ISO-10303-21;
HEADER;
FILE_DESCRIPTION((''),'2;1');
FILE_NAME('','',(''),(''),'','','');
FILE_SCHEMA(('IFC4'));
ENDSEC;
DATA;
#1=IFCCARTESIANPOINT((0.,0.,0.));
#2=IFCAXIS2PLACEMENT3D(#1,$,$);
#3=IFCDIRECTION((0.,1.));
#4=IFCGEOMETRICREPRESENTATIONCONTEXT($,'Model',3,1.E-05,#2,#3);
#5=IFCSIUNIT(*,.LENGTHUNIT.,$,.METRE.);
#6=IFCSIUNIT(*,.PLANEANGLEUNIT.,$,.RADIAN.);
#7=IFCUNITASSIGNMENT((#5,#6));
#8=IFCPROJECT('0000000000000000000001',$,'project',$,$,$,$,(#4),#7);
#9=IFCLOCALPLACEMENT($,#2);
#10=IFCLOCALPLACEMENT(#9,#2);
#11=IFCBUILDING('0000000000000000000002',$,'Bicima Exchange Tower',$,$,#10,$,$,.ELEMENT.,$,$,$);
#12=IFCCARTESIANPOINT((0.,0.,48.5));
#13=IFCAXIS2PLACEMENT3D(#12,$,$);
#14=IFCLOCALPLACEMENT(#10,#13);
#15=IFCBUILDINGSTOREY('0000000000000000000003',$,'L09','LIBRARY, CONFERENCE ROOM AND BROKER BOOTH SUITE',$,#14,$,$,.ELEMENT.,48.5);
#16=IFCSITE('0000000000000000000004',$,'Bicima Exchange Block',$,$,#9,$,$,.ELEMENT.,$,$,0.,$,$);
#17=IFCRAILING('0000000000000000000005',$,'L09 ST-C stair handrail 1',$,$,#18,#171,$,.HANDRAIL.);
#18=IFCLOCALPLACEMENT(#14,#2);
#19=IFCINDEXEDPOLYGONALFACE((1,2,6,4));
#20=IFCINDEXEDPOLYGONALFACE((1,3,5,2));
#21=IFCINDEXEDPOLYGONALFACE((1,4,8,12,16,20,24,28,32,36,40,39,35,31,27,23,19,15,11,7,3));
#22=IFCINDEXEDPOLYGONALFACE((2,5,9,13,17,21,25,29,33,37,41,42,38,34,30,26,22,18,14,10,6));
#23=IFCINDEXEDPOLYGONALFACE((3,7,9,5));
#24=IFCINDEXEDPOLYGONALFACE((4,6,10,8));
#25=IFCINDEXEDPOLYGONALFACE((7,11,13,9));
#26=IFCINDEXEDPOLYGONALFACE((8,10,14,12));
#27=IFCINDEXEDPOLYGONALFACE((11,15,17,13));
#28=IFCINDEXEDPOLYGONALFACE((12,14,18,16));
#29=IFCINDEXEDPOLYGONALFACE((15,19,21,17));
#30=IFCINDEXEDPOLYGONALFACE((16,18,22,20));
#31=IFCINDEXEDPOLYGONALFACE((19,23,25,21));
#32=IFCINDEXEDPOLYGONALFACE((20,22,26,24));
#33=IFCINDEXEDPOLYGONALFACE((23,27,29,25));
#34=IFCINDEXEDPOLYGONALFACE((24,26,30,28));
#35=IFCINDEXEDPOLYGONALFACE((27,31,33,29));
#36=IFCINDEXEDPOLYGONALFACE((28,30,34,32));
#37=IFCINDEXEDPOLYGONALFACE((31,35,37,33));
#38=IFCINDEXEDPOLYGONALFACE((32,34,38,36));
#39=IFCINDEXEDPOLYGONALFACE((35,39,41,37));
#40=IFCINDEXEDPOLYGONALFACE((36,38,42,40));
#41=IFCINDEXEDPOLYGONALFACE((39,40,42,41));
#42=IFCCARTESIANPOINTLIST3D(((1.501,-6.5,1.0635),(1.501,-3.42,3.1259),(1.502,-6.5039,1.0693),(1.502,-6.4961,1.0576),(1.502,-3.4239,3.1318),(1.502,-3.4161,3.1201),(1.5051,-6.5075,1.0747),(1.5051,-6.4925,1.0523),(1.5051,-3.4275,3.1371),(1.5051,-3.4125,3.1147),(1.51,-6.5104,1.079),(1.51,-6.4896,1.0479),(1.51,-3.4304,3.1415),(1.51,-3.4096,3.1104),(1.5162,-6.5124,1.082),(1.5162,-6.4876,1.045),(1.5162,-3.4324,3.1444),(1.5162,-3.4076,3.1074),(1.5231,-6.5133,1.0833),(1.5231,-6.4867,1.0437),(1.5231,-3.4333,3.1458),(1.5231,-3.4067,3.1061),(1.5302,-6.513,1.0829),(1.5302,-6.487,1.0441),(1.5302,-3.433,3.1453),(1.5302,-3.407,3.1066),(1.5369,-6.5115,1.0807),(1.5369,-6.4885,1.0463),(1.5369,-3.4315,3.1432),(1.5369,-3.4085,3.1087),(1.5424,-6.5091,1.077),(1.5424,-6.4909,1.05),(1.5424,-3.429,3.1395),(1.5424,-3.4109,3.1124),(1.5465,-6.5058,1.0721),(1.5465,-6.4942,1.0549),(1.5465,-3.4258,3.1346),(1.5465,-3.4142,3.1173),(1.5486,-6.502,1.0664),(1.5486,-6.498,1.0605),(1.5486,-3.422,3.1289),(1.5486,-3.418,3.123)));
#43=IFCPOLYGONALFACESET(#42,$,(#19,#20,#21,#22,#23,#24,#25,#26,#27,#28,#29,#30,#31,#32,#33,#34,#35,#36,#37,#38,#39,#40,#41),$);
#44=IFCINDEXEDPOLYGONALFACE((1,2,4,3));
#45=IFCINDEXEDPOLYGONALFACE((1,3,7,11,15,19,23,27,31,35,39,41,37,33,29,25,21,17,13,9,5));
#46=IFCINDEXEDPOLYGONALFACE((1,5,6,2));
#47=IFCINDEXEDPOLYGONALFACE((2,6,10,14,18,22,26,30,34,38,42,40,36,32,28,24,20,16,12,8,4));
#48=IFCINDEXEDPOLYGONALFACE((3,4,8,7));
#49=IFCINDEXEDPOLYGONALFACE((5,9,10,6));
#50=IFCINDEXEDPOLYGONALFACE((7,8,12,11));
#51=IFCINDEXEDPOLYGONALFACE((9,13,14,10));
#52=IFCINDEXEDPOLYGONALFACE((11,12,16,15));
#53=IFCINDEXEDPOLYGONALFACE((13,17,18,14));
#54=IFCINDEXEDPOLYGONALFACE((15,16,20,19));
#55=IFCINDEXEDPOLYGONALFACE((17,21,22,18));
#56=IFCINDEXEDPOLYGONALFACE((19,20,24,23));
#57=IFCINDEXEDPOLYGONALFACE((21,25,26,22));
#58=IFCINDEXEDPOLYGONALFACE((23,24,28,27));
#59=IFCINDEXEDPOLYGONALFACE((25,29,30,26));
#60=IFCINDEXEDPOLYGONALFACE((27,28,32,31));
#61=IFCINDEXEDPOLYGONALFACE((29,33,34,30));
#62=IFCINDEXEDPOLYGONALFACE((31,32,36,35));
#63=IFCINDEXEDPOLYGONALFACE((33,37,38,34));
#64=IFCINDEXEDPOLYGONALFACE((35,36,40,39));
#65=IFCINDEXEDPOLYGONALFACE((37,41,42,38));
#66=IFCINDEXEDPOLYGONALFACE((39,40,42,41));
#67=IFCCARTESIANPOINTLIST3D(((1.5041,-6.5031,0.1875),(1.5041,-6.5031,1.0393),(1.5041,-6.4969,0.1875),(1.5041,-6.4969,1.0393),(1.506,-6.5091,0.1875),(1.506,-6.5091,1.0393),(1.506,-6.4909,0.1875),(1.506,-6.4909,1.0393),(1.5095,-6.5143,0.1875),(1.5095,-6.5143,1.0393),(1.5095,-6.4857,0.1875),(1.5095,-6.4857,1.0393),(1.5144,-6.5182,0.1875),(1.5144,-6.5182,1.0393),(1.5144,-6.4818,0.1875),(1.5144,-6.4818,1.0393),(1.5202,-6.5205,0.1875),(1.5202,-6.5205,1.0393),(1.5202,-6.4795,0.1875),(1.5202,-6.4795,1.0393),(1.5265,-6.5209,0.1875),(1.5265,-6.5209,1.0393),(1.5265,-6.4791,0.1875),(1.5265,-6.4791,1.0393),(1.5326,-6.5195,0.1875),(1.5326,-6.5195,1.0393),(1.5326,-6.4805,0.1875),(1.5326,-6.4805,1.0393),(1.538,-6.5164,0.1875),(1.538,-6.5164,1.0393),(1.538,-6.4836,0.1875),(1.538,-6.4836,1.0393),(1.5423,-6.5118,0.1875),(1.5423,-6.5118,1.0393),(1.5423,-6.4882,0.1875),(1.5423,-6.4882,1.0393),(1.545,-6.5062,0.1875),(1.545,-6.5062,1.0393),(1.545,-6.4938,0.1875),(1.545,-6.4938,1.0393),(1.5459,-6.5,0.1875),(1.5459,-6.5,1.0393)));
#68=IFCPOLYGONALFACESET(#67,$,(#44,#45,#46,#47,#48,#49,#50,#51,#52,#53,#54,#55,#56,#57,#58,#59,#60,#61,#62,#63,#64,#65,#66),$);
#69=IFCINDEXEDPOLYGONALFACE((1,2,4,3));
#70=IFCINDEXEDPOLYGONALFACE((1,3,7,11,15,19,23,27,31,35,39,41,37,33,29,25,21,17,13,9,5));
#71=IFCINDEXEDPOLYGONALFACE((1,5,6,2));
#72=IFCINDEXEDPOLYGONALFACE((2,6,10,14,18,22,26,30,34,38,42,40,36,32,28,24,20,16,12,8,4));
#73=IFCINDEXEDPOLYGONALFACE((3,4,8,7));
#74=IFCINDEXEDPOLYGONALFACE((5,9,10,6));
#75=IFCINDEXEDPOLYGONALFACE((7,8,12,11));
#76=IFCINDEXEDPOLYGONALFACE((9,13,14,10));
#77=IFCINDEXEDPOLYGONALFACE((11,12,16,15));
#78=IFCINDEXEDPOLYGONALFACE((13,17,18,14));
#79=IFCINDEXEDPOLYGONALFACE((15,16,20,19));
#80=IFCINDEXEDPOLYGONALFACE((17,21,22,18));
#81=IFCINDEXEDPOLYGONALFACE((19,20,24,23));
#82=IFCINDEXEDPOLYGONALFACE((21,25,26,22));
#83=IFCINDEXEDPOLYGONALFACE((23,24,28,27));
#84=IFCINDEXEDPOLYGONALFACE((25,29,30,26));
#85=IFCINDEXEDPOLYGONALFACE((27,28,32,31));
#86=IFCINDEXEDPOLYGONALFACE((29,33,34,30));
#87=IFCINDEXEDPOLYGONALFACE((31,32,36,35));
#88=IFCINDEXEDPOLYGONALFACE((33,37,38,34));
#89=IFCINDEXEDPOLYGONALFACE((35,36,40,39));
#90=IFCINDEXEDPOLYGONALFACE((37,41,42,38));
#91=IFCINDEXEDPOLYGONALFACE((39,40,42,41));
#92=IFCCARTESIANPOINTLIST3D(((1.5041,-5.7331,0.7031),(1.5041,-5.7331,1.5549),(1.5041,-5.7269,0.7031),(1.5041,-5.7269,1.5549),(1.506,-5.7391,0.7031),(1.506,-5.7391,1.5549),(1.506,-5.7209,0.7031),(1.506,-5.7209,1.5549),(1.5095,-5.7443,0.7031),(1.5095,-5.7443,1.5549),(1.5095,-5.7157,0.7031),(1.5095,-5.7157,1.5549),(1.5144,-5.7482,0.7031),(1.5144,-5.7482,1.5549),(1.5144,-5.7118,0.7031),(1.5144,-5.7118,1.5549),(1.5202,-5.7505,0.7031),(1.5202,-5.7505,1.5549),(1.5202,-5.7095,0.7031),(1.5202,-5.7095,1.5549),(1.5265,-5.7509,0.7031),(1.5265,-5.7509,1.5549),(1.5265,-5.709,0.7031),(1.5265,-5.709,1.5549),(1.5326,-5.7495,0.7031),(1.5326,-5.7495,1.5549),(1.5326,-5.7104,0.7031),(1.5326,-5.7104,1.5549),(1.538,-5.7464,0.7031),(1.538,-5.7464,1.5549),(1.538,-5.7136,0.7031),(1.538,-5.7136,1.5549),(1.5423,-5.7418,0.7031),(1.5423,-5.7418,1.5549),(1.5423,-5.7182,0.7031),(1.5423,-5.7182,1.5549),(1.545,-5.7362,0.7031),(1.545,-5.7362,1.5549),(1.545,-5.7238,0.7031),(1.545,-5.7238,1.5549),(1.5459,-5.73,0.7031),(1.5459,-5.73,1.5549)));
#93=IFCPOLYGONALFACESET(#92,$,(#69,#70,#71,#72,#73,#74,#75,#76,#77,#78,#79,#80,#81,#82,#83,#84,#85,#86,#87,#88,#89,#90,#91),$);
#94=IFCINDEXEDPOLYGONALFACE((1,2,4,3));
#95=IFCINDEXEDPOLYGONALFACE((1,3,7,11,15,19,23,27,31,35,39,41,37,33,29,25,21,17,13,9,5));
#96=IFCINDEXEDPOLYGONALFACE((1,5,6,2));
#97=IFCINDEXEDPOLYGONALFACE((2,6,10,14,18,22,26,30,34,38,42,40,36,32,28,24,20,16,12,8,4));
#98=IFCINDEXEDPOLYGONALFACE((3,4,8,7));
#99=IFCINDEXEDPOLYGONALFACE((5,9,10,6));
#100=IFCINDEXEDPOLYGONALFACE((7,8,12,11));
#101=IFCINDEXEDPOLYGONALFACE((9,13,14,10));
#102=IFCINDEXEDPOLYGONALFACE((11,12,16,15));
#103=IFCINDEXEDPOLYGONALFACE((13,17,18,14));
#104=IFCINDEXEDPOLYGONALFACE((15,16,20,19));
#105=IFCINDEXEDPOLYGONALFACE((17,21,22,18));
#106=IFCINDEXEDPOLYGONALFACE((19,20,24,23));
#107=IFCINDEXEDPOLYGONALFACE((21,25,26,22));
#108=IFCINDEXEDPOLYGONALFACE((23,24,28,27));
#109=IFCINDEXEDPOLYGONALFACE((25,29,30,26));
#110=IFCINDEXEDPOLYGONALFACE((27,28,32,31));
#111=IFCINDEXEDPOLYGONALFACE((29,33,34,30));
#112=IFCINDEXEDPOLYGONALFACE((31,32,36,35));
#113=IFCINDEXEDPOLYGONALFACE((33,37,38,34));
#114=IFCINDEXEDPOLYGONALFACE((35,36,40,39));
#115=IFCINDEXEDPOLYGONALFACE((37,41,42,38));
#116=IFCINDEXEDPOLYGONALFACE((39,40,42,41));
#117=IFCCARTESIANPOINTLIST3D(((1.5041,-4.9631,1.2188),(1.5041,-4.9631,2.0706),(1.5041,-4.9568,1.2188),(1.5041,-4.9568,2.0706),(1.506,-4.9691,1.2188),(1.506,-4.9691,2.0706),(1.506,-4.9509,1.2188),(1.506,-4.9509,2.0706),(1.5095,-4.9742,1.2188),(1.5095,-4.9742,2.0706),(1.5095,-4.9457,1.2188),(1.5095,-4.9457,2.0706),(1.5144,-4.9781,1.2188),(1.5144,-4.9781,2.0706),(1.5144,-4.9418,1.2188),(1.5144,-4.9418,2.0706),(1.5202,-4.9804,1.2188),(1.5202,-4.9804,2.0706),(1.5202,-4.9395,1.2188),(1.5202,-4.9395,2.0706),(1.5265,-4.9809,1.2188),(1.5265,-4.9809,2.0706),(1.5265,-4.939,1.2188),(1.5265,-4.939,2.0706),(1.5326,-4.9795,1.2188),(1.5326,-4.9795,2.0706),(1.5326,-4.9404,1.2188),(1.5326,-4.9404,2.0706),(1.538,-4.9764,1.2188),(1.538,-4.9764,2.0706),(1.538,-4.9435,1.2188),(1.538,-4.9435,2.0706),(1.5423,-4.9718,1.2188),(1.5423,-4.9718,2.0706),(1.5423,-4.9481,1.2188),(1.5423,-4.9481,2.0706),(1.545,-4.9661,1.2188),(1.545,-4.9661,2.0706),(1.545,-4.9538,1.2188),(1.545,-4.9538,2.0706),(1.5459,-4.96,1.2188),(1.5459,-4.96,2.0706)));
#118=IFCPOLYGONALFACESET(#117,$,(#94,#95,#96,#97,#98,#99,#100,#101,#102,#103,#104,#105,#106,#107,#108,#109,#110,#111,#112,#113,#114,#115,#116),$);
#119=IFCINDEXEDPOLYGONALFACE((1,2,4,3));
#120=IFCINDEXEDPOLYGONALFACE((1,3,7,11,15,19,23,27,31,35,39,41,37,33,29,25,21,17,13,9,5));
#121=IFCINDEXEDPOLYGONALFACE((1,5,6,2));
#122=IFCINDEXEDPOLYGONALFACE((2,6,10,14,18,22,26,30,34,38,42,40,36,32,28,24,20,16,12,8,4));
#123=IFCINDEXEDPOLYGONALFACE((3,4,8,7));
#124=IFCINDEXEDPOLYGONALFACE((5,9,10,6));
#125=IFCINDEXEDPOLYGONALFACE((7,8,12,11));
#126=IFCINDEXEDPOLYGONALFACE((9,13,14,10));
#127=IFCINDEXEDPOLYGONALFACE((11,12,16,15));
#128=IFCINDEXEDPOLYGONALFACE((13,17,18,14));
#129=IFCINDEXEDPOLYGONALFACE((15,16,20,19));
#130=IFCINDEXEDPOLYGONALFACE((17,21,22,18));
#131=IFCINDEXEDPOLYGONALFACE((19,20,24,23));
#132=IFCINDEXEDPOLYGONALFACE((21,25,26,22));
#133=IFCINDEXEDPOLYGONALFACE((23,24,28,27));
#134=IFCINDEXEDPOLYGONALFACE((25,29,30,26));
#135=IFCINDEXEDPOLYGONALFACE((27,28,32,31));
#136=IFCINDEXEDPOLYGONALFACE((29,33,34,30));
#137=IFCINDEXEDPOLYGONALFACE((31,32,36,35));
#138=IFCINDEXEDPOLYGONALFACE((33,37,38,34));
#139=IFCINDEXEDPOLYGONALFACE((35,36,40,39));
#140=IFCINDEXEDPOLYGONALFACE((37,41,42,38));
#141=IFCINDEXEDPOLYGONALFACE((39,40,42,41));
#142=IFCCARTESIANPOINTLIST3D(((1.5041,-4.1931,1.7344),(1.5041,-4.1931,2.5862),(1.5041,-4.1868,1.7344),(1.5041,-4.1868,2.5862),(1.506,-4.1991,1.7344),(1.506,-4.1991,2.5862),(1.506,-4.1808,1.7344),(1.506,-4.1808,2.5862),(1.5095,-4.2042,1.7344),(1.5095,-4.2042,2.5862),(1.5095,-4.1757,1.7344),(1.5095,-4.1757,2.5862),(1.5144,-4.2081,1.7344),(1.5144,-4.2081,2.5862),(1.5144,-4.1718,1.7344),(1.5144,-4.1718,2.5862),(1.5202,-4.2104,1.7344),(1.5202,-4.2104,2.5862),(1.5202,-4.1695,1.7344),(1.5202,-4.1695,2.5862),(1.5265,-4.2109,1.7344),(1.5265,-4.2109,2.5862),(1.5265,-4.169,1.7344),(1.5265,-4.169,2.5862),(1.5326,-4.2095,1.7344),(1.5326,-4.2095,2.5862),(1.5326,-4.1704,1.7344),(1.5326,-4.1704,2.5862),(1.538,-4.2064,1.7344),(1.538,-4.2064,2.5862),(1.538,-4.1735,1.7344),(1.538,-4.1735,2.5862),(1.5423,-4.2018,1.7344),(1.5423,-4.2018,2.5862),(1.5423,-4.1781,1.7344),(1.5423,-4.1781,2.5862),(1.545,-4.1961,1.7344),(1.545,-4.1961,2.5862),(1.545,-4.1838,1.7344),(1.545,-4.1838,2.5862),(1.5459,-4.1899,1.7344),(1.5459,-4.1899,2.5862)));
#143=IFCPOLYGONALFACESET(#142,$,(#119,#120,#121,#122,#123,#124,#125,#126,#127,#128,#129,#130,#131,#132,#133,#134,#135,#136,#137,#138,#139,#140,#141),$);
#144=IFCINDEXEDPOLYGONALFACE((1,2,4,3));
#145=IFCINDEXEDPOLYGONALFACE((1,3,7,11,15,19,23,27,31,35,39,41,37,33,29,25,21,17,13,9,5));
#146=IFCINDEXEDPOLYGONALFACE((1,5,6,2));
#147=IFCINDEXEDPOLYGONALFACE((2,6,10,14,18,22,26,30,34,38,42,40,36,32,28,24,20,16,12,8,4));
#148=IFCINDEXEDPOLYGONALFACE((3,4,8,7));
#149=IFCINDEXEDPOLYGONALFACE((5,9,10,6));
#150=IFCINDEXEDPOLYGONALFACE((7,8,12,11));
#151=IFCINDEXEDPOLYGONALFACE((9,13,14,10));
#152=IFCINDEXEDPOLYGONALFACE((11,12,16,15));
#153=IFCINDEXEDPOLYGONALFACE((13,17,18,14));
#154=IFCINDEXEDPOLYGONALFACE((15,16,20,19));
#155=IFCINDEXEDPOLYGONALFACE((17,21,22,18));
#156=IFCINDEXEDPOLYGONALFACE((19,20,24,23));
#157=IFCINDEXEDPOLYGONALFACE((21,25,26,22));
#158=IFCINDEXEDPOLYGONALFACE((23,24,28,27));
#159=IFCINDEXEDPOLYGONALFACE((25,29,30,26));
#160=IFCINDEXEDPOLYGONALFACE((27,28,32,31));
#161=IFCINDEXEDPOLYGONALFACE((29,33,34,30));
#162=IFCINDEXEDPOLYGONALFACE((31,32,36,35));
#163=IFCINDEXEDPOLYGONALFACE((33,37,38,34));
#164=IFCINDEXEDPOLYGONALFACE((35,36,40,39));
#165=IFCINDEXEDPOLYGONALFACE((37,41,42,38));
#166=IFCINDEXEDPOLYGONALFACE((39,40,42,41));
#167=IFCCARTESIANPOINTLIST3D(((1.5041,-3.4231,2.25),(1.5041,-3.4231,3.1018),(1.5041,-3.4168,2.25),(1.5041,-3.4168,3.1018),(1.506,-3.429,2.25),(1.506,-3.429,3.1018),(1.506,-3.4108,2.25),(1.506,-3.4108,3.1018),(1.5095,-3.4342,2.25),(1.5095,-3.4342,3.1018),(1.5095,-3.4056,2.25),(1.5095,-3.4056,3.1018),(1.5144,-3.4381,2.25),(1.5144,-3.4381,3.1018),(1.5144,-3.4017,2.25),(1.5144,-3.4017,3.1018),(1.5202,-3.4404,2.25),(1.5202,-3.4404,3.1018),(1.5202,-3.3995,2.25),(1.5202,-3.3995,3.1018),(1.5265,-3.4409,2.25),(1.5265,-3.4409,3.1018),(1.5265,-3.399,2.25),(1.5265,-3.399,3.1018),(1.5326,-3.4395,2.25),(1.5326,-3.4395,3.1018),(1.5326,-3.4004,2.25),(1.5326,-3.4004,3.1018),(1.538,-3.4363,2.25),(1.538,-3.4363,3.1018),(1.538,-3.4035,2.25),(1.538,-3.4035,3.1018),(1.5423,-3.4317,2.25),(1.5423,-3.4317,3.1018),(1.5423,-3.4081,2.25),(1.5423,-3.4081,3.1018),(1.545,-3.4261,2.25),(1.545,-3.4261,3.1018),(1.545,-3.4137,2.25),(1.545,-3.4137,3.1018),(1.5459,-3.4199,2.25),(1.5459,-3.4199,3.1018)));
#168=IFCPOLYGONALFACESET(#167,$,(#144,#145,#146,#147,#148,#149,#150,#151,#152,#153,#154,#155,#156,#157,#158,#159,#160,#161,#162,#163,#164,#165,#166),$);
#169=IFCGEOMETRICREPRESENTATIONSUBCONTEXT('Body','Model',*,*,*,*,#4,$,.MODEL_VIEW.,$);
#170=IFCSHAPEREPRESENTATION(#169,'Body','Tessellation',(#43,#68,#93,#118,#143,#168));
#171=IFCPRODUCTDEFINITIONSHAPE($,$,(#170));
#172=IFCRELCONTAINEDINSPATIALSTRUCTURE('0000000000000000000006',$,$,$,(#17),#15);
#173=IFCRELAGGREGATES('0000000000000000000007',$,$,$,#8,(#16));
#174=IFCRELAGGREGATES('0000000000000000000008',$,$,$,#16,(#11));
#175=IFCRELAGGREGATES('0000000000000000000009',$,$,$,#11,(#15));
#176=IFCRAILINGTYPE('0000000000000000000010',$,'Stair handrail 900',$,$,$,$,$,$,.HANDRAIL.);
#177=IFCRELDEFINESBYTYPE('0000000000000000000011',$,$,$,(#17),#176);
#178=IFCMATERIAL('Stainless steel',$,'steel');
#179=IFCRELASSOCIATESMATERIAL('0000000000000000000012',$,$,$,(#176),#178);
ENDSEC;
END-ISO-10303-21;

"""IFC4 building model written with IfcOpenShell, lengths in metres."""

from ifc_helpers import new_model, si_unit, direction, frame, origin, origin_2d, place, context, subcontext, project, spatial, circle, extrude, material, type_object, element, save


model = new_model("IFC4")

# Units and contexts
model_context = context("Model", 3, precision=1e-05, world=origin(), true_north=direction((0.0, 1.0)))
body_context = subcontext(model_context, "Body", "Model", "MODEL_VIEW")
ifc_project = project(units=[si_unit("LENGTHUNIT", "METRE"), si_unit("PLANEANGLEUNIT", "RADIAN")], contexts=[model_context])

# Site, building, storey
site_placement = place(None, origin())
site = spatial("IfcSite", under=ifc_project, at=site_placement, Name="Bicima Exchange Block", CompositionType="ELEMENT", RefElevation=0.0)
building_placement = place(site_placement, origin())
building = spatial("IfcBuilding", under=site, at=building_placement, Name="Bicima Exchange Tower", CompositionType="ELEMENT")
storey_placement = place(building_placement, frame((0.0, 0.0, 48.5)))
storey = spatial("IfcBuildingStorey", under=building, at=storey_placement, Name="L09", Description="LIBRARY, CONFERENCE ROOM AND BROKER BOOTH SUITE", CompositionType="ELEMENT", Elevation=48.5)

# Shared definitions
ifc_material_1 = material(Name="Stainless steel", Category="steel")

# Railing
railing_type_1 = type_object("IfcRailingType", Name="Stair handrail 900", PredefinedType="HANDRAIL", material=ifc_material_1)
railing_1_placement = place(storey_placement, frame((1.5249, -6.5, 0.1875)))
element("IfcRailing", 1, at=railing_1_placement, inside=storey, type_object=railing_type_1, Name="L09 ST-C stair handrail 1", PredefinedType="HANDRAIL", context=body_context, shape_type="SweptSolid", body=[
    extrude(circle(Radius=0.0239, at=origin_2d()), frame((0.0, 0.0, 0.876), z_axis=(0.0, 0.830914, 0.556401), x_axis=(-1.0, 0.0, 0.0)), (0.0, 0.0, 1.0), 3.7068),
    extrude(circle(Radius=0.021, at=origin_2d()), origin(), (0.0, 0.0, 1.0), 0.8518),
    extrude(circle(Radius=0.021, at=origin_2d()), frame((0.0, 0.77, 0.5156)), (0.0, 0.0, 1.0), 0.8518),
    extrude(circle(Radius=0.021, at=origin_2d()), frame((0.0, 1.54, 1.0312)), (0.0, 0.0, 1.0), 0.8518),
    extrude(circle(Radius=0.021, at=origin_2d()), frame((0.0, 2.3101, 1.5469)), (0.0, 0.0, 1.0), 0.8518),
    extrude(circle(Radius=0.021, at=origin_2d()), frame((0.0, 3.0801, 2.0625)), (0.0, 0.0, 1.0), 0.8518),
])

save(model, "model.ifc")
